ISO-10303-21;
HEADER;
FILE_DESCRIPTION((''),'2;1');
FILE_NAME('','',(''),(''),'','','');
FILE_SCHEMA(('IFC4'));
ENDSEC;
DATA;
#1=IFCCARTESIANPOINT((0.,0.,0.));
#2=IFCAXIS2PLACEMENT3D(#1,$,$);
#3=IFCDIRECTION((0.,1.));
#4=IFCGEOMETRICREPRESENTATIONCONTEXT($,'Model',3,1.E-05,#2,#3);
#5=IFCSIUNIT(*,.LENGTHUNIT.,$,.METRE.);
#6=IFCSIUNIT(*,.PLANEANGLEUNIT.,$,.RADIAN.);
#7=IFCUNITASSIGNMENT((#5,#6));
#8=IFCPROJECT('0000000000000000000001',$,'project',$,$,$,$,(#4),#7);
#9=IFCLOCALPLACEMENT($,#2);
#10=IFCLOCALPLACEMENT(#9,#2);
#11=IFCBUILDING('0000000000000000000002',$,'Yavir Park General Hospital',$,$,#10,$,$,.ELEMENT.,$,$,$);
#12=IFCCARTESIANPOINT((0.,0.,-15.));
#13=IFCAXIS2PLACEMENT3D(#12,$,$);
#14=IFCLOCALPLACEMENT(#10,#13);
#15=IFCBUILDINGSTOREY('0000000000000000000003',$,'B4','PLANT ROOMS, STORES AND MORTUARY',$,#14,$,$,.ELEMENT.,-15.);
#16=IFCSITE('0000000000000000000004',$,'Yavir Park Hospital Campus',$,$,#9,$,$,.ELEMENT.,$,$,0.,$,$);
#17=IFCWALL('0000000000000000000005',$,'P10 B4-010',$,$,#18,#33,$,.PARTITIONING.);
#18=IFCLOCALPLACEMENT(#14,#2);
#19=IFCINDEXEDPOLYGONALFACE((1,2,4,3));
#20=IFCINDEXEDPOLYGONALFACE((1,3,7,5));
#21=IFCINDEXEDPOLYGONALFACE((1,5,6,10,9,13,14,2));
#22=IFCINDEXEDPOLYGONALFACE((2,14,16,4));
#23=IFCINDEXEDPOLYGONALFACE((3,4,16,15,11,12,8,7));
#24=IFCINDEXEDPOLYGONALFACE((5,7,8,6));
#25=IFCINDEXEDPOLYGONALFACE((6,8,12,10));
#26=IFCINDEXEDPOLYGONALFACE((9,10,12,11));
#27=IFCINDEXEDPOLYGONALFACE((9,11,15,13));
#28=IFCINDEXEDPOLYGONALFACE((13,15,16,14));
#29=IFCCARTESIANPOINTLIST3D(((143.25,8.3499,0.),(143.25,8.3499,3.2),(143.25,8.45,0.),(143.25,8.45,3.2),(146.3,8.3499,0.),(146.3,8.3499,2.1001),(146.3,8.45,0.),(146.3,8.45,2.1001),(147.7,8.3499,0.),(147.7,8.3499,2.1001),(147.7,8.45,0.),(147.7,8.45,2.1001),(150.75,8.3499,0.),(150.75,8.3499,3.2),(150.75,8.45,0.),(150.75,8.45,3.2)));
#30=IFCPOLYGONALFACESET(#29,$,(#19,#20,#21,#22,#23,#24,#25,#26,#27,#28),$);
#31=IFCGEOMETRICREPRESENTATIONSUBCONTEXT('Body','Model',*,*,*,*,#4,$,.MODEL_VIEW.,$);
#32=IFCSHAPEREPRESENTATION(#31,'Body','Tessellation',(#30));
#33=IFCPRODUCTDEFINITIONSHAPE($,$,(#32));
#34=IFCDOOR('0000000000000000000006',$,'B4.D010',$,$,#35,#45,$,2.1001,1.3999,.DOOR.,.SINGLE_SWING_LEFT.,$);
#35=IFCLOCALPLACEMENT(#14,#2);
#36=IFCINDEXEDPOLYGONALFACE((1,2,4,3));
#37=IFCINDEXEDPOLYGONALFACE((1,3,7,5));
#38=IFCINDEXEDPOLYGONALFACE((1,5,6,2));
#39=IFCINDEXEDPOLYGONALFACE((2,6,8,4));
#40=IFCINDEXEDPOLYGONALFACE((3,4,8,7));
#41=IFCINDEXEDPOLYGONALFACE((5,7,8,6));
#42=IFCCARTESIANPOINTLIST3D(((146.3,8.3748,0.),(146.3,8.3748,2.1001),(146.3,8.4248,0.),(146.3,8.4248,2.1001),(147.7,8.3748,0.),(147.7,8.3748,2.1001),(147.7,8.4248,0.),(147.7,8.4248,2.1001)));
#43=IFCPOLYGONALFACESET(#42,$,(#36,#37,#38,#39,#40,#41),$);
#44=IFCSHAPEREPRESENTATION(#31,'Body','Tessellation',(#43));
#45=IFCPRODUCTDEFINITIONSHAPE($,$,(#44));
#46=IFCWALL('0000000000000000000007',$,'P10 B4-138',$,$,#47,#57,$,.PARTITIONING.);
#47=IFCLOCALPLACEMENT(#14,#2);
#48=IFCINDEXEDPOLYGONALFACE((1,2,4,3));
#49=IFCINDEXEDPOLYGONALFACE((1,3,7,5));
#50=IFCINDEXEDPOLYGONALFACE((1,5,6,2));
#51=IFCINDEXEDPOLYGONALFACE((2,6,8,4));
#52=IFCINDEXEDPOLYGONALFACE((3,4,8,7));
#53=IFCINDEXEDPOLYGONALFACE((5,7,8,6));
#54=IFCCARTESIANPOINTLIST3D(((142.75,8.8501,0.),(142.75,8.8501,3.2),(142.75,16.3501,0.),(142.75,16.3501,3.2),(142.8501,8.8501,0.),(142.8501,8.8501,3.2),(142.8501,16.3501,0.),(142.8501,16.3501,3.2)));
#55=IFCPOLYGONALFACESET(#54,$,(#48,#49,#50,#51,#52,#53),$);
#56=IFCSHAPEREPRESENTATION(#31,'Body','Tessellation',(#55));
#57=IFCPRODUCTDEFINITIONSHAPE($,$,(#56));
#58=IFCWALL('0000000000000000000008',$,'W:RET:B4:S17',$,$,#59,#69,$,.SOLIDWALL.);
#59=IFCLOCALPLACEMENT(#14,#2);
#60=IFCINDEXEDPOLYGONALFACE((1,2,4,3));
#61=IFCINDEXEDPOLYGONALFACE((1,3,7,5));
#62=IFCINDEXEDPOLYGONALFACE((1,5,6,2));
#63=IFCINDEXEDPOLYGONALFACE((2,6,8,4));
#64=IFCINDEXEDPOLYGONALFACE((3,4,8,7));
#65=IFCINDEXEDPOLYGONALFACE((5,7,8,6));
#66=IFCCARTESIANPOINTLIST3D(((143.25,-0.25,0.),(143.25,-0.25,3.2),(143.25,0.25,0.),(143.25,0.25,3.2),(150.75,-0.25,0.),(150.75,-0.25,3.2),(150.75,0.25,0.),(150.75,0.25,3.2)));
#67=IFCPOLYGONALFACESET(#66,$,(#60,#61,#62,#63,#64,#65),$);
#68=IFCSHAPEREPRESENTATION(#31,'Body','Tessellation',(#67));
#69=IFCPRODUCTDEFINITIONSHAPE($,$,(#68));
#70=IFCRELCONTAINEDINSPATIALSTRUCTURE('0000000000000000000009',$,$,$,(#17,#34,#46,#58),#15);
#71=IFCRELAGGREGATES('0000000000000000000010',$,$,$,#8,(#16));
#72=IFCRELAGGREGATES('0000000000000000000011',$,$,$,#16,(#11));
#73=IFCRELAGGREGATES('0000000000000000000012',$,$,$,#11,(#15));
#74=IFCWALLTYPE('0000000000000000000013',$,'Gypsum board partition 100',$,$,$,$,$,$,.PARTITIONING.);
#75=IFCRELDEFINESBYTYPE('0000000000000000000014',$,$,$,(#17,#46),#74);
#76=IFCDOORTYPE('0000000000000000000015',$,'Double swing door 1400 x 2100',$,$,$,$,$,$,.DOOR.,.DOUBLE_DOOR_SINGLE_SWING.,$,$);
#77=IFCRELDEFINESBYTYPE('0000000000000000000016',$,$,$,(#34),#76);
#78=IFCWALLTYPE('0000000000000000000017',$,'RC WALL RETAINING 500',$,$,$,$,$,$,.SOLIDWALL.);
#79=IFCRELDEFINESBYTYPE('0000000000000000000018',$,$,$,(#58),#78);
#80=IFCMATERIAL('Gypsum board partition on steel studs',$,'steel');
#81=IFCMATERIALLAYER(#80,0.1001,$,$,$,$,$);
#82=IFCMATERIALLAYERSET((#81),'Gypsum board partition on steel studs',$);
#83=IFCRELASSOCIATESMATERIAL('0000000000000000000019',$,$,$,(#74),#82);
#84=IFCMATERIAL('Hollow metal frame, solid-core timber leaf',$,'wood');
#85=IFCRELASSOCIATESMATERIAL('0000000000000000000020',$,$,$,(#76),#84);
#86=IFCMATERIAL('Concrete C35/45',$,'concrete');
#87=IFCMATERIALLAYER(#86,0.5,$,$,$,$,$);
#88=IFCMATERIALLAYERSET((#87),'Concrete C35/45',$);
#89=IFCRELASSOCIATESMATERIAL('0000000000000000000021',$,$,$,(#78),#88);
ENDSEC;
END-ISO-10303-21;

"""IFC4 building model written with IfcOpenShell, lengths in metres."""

from ifc_helpers import new_model, si_unit, direction, frame, frame_2d, origin, place, context, subcontext, project, spatial, rectangle, extrude, material, layer, layer_set, type_object, element, fill, save


model = new_model("IFC4")

# Units and contexts
model_context = context("Model", 3, precision=1e-05, world=origin(), true_north=direction((0.0, 1.0)))
body_context = subcontext(model_context, "Body", "Model", "MODEL_VIEW")
ifc_project = project(units=[si_unit("LENGTHUNIT", "METRE"), si_unit("PLANEANGLEUNIT", "RADIAN")], contexts=[model_context])

# Site, building, storey
site_placement = place(None, origin())
site = spatial("IfcSite", under=ifc_project, at=site_placement, Name="Yavir Park Hospital Campus", CompositionType="ELEMENT", RefElevation=0.0)
building_placement = place(site_placement, origin())
building = spatial("IfcBuilding", under=site, at=building_placement, Name="Yavir Park General Hospital", CompositionType="ELEMENT")
storey_placement = place(building_placement, frame((0.0, 0.0, -15.0)))
storey = spatial("IfcBuildingStorey", under=building, at=storey_placement, Name="B4", Description="PLANT ROOMS, STORES AND MORTUARY", CompositionType="ELEMENT", Elevation=-15.0)

# Wall, opening, door
ifc_material_1 = material(Name="Gypsum board partition on steel studs", Category="steel")
ifc_layer_1 = layer(ifc_material_1, 0.1001)
ifc_layer_set_1 = layer_set([ifc_layer_1], Name="Gypsum board partition on steel studs")
wall_type_1 = type_object("IfcWallType", Name="Gypsum board partition 100", PredefinedType="PARTITIONING", material=ifc_layer_set_1)
wall_1_placement = place(storey_placement, frame((143.25, 8.3999, 0.0), z_axis=(0.0, 0.0, 1.0), x_axis=(1.0, 0.0, 0.0)))
wall_1 = element("IfcWall", 1, at=wall_1_placement, inside=storey, type_object=wall_type_1, Name="P10 B4-010", PredefinedType="PARTITIONING", context=body_context, shape_type="SweptSolid", body=[
    extrude(rectangle(XDim=7.5, YDim=0.1001, at=frame_2d((3.75, 0.0))), origin(), (0.0, 0.0, 1.0), 3.2),
])
opening_placement = place(wall_1_placement, frame((3.05, 0.0, 0.0)))
opening = element("IfcOpeningElement", 2, at=opening_placement, cuts=wall_1, PredefinedType="OPENING", context=body_context, shape_type="SweptSolid", body=[
    extrude(rectangle(XDim=1.3999, YDim=2.1001, at=frame_2d((0.7, 1.05))), frame((0.0, 0.0601, 0.0), z_axis=(0.0, -1.0, 0.0), x_axis=(1.0, 0.0, 0.0)), (0.0, 0.0, 1.0), 0.1201),
])
ifc_material_2 = material(Name="Hollow metal frame, solid-core timber leaf", Category="wood")
door_type = type_object("IfcDoorType", Name="Double swing door 1400 x 2100", OperationType="DOUBLE_DOOR_SINGLE_SWING", PredefinedType="DOOR", material=ifc_material_2)
door_placement = place(opening_placement, origin())
door = element("IfcDoor", 3, at=door_placement, inside=storey, type_object=door_type, Name="B4.D010", OperationType="SINGLE_SWING_LEFT", OverallHeight=2.1001, OverallWidth=1.3999, PredefinedType="DOOR", context=body_context, shape_type="SweptSolid", body=[
    extrude(rectangle(XDim=1.3999, YDim=2.1001, at=frame_2d((0.7, 1.05))), frame((0.0, 0.0249, 0.0), z_axis=(0.0, -1.0, 0.0), x_axis=(1.0, 0.0, 0.0)), (0.0, 0.0, 1.0), 0.05),
])
fill(opening, door)

# Walls
wall_2_placement = place(storey_placement, frame((142.8, 8.8501, 0.0), z_axis=(0.0, 0.0, 1.0), x_axis=(0.0, 1.0, 0.0)))
element("IfcWall", 4, at=wall_2_placement, inside=storey, type_object=wall_type_1, Name="P10 B4-138", PredefinedType="PARTITIONING", context=body_context, shape_type="SweptSolid", body=[
    extrude(rectangle(XDim=7.5, YDim=0.1001, at=frame_2d((3.75, 0.0))), origin(), (0.0, 0.0, 1.0), 3.2),
])
ifc_material_3 = material(Name="Concrete C35/45", Category="concrete")
ifc_layer_2 = layer(ifc_material_3, 0.5)
ifc_layer_set_2 = layer_set([ifc_layer_2], Name="Concrete C35/45")
wall_type_2 = type_object("IfcWallType", Name="RC WALL RETAINING 500", PredefinedType="SOLIDWALL", material=ifc_layer_set_2)
wall_3_placement = place(storey_placement, frame((143.25, 0.0, 0.0), z_axis=(0.0, 0.0, 1.0), x_axis=(1.0, 0.0, 0.0)))
element("IfcWall", 5, at=wall_3_placement, inside=storey, type_object=wall_type_2, Name="W:RET:B4:S17", PredefinedType="SOLIDWALL", context=body_context, shape_type="SweptSolid", body=[
    extrude(rectangle(XDim=7.5, YDim=0.5, at=frame_2d((3.75, 0.0))), origin(), (0.0, 0.0, 1.0), 3.2),
])

save(model, "model.ifc")
